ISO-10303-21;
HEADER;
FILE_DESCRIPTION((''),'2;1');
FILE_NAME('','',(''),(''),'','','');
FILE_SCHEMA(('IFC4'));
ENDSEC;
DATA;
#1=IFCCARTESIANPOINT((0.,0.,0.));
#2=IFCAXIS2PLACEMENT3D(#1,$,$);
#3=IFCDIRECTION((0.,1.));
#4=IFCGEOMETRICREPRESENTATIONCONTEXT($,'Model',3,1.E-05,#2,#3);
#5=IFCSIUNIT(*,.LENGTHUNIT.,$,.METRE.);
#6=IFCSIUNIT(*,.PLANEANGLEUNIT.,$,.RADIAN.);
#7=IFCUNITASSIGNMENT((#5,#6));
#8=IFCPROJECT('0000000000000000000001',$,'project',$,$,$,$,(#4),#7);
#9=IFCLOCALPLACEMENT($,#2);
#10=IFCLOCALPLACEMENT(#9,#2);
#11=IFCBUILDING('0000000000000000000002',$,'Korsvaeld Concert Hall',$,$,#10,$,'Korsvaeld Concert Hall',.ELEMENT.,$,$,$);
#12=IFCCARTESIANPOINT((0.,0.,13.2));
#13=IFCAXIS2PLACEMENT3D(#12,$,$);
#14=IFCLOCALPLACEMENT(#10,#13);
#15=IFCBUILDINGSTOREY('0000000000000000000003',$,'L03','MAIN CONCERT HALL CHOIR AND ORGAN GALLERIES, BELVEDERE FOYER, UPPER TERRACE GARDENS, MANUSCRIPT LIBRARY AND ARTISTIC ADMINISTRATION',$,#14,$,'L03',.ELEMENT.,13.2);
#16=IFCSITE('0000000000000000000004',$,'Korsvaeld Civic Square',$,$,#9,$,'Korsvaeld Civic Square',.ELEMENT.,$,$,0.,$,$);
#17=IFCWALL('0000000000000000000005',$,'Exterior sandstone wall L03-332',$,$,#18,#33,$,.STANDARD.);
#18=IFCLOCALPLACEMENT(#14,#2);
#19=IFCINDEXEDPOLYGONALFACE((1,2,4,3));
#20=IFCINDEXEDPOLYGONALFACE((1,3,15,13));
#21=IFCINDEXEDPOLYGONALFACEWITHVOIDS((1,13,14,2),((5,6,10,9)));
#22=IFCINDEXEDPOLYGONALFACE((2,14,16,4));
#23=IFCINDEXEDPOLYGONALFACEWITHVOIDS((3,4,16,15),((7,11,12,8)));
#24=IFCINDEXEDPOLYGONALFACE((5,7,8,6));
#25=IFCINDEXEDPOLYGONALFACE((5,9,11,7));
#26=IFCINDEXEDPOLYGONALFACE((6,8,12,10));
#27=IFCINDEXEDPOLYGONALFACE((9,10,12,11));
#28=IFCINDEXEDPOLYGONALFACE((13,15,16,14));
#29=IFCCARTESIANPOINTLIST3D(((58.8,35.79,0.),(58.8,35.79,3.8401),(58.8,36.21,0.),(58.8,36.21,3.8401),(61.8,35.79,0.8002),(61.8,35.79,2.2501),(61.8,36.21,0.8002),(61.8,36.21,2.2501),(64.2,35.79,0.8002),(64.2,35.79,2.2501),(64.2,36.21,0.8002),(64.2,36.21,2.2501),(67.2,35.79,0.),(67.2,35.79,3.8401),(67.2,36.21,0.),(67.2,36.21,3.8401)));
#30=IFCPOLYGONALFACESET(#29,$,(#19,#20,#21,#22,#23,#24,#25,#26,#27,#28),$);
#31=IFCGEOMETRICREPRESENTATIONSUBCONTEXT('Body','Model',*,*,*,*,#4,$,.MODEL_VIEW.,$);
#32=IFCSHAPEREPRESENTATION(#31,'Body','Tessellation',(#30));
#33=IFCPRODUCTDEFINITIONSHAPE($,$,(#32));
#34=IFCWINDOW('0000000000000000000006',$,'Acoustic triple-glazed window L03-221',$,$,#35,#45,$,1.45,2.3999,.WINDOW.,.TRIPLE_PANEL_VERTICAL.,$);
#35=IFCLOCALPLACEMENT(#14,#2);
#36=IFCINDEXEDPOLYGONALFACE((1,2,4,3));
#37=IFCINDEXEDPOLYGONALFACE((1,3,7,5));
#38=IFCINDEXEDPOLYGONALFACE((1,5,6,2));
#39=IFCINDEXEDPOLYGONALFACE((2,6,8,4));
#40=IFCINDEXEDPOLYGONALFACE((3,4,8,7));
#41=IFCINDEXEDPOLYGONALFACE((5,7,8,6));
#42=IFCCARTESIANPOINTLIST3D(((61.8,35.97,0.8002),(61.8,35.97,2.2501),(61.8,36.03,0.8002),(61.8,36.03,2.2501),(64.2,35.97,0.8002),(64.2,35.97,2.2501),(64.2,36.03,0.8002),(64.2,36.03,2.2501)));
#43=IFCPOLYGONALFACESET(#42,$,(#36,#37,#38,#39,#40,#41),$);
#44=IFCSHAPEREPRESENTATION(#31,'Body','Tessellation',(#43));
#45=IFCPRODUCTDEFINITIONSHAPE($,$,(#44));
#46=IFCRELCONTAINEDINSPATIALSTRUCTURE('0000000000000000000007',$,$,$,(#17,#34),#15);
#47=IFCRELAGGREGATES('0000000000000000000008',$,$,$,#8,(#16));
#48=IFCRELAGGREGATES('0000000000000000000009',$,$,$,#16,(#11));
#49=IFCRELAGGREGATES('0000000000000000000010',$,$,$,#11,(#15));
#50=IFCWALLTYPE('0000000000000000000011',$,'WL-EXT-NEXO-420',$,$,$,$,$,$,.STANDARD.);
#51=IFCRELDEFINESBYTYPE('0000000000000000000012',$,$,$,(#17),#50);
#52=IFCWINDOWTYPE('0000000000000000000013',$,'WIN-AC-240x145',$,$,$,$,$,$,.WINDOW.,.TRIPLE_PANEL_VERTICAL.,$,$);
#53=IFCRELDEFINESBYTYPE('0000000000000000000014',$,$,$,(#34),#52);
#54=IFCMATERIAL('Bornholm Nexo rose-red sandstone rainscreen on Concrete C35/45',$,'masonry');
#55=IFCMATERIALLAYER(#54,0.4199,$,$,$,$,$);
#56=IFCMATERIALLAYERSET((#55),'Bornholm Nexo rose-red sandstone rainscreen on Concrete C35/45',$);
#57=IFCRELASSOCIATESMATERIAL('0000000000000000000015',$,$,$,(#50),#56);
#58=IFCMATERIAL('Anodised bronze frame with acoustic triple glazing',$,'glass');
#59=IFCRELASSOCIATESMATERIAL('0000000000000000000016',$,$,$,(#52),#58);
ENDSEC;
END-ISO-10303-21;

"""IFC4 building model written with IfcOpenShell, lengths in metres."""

from ifc_helpers import new_model, si_unit, direction, frame, frame_2d, origin, place, context, subcontext, project, spatial, rectangle, extrude, material, layer, layer_set, type_object, element, fill, save


model = new_model("IFC4")

# Units and contexts
model_context = context("Model", 3, precision=1e-05, world=origin(), true_north=direction((0.0, 1.0)))
body_context = subcontext(model_context, "Body", "Model", "MODEL_VIEW")
ifc_project = project(units=[si_unit("LENGTHUNIT", "METRE"), si_unit("PLANEANGLEUNIT", "RADIAN")], contexts=[model_context])

# Site, building, storey
site_placement = place(None, origin())
site = spatial("IfcSite", under=ifc_project, at=site_placement, Name="Korsvaeld Civic Square", LongName="Korsvaeld Civic Square", CompositionType="ELEMENT", RefElevation=0.0)
building_placement = place(site_placement, origin())
building = spatial("IfcBuilding", under=site, at=building_placement, Name="Korsvaeld Concert Hall", LongName="Korsvaeld Concert Hall", CompositionType="ELEMENT")
storey_placement = place(building_placement, frame((0.0, 0.0, 13.2)))
storey = spatial("IfcBuildingStorey", under=building, at=storey_placement, Name="L03", Description="MAIN CONCERT HALL CHOIR AND ORGAN GALLERIES, BELVEDERE FOYER, UPPER TERRACE GARDENS, MANUSCRIPT LIBRARY AND ARTISTIC ADMINISTRATION", LongName="L03", CompositionType="ELEMENT", Elevation=13.2)

# Wall, opening, window
ifc_material_1 = material(Name="Bornholm Nexo rose-red sandstone rainscreen on Concrete C35/45", Category="masonry")
ifc_layer_1 = layer(ifc_material_1, 0.4199)
ifc_layer_set_1 = layer_set([ifc_layer_1], Name="Bornholm Nexo rose-red sandstone rainscreen on Concrete C35/45")
wall_type = type_object("IfcWallType", Name="WL-EXT-NEXO-420", PredefinedType="STANDARD", material=ifc_layer_set_1)
wall_placement = place(storey_placement, frame((67.2, 36.0, 0.0), z_axis=(0.0, 0.0, 1.0), x_axis=(-1.0, 0.0, 0.0)))
wall = element("IfcWall", 1, at=wall_placement, inside=storey, type_object=wall_type, Name="Exterior sandstone wall L03-332", PredefinedType="STANDARD", context=body_context, shape_type="SweptSolid", body=[
    extrude(rectangle(XDim=8.3999, YDim=0.4199, at=frame_2d((4.2, 0.0))), origin(), (0.0, 0.0, 1.0), 3.8401),
])
opening_placement = place(wall_placement, frame((3.0, 0.0, 0.8)))
opening = element("IfcOpeningElement", 2, at=opening_placement, cuts=wall, PredefinedType="OPENING", context=body_context, shape_type="SweptSolid", body=[
    extrude(rectangle(XDim=2.3999, YDim=1.45, at=frame_2d((1.2, 0.7251))), frame((0.0, 0.22, 0.0), z_axis=(0.0, -1.0, 0.0), x_axis=(1.0, 0.0, 0.0)), (0.0, 0.0, 1.0), 0.4399),
])
ifc_material_2 = material(Name="Anodised bronze frame with acoustic triple glazing", Category="glass")
window_type = type_object("IfcWindowType", Name="WIN-AC-240x145", PartitioningType="TRIPLE_PANEL_VERTICAL", PredefinedType="WINDOW", material=ifc_material_2)
window_placement = place(opening_placement, origin())
window = element("IfcWindow", 3, at=window_placement, inside=storey, type_object=window_type, Name="Acoustic triple-glazed window L03-221", OverallHeight=1.45, OverallWidth=2.3999, PartitioningType="TRIPLE_PANEL_VERTICAL", PredefinedType="WINDOW", context=body_context, shape_type="SweptSolid", body=[
    extrude(rectangle(XDim=2.3999, YDim=1.45, at=frame_2d((1.2, 0.7251))), frame((0.0, 0.03, 0.0), z_axis=(0.0, -1.0, 0.0), x_axis=(1.0, 0.0, 0.0)), (0.0, 0.0, 1.0), 0.0601),
])
fill(opening, window)

save(model, "model.ifc")
